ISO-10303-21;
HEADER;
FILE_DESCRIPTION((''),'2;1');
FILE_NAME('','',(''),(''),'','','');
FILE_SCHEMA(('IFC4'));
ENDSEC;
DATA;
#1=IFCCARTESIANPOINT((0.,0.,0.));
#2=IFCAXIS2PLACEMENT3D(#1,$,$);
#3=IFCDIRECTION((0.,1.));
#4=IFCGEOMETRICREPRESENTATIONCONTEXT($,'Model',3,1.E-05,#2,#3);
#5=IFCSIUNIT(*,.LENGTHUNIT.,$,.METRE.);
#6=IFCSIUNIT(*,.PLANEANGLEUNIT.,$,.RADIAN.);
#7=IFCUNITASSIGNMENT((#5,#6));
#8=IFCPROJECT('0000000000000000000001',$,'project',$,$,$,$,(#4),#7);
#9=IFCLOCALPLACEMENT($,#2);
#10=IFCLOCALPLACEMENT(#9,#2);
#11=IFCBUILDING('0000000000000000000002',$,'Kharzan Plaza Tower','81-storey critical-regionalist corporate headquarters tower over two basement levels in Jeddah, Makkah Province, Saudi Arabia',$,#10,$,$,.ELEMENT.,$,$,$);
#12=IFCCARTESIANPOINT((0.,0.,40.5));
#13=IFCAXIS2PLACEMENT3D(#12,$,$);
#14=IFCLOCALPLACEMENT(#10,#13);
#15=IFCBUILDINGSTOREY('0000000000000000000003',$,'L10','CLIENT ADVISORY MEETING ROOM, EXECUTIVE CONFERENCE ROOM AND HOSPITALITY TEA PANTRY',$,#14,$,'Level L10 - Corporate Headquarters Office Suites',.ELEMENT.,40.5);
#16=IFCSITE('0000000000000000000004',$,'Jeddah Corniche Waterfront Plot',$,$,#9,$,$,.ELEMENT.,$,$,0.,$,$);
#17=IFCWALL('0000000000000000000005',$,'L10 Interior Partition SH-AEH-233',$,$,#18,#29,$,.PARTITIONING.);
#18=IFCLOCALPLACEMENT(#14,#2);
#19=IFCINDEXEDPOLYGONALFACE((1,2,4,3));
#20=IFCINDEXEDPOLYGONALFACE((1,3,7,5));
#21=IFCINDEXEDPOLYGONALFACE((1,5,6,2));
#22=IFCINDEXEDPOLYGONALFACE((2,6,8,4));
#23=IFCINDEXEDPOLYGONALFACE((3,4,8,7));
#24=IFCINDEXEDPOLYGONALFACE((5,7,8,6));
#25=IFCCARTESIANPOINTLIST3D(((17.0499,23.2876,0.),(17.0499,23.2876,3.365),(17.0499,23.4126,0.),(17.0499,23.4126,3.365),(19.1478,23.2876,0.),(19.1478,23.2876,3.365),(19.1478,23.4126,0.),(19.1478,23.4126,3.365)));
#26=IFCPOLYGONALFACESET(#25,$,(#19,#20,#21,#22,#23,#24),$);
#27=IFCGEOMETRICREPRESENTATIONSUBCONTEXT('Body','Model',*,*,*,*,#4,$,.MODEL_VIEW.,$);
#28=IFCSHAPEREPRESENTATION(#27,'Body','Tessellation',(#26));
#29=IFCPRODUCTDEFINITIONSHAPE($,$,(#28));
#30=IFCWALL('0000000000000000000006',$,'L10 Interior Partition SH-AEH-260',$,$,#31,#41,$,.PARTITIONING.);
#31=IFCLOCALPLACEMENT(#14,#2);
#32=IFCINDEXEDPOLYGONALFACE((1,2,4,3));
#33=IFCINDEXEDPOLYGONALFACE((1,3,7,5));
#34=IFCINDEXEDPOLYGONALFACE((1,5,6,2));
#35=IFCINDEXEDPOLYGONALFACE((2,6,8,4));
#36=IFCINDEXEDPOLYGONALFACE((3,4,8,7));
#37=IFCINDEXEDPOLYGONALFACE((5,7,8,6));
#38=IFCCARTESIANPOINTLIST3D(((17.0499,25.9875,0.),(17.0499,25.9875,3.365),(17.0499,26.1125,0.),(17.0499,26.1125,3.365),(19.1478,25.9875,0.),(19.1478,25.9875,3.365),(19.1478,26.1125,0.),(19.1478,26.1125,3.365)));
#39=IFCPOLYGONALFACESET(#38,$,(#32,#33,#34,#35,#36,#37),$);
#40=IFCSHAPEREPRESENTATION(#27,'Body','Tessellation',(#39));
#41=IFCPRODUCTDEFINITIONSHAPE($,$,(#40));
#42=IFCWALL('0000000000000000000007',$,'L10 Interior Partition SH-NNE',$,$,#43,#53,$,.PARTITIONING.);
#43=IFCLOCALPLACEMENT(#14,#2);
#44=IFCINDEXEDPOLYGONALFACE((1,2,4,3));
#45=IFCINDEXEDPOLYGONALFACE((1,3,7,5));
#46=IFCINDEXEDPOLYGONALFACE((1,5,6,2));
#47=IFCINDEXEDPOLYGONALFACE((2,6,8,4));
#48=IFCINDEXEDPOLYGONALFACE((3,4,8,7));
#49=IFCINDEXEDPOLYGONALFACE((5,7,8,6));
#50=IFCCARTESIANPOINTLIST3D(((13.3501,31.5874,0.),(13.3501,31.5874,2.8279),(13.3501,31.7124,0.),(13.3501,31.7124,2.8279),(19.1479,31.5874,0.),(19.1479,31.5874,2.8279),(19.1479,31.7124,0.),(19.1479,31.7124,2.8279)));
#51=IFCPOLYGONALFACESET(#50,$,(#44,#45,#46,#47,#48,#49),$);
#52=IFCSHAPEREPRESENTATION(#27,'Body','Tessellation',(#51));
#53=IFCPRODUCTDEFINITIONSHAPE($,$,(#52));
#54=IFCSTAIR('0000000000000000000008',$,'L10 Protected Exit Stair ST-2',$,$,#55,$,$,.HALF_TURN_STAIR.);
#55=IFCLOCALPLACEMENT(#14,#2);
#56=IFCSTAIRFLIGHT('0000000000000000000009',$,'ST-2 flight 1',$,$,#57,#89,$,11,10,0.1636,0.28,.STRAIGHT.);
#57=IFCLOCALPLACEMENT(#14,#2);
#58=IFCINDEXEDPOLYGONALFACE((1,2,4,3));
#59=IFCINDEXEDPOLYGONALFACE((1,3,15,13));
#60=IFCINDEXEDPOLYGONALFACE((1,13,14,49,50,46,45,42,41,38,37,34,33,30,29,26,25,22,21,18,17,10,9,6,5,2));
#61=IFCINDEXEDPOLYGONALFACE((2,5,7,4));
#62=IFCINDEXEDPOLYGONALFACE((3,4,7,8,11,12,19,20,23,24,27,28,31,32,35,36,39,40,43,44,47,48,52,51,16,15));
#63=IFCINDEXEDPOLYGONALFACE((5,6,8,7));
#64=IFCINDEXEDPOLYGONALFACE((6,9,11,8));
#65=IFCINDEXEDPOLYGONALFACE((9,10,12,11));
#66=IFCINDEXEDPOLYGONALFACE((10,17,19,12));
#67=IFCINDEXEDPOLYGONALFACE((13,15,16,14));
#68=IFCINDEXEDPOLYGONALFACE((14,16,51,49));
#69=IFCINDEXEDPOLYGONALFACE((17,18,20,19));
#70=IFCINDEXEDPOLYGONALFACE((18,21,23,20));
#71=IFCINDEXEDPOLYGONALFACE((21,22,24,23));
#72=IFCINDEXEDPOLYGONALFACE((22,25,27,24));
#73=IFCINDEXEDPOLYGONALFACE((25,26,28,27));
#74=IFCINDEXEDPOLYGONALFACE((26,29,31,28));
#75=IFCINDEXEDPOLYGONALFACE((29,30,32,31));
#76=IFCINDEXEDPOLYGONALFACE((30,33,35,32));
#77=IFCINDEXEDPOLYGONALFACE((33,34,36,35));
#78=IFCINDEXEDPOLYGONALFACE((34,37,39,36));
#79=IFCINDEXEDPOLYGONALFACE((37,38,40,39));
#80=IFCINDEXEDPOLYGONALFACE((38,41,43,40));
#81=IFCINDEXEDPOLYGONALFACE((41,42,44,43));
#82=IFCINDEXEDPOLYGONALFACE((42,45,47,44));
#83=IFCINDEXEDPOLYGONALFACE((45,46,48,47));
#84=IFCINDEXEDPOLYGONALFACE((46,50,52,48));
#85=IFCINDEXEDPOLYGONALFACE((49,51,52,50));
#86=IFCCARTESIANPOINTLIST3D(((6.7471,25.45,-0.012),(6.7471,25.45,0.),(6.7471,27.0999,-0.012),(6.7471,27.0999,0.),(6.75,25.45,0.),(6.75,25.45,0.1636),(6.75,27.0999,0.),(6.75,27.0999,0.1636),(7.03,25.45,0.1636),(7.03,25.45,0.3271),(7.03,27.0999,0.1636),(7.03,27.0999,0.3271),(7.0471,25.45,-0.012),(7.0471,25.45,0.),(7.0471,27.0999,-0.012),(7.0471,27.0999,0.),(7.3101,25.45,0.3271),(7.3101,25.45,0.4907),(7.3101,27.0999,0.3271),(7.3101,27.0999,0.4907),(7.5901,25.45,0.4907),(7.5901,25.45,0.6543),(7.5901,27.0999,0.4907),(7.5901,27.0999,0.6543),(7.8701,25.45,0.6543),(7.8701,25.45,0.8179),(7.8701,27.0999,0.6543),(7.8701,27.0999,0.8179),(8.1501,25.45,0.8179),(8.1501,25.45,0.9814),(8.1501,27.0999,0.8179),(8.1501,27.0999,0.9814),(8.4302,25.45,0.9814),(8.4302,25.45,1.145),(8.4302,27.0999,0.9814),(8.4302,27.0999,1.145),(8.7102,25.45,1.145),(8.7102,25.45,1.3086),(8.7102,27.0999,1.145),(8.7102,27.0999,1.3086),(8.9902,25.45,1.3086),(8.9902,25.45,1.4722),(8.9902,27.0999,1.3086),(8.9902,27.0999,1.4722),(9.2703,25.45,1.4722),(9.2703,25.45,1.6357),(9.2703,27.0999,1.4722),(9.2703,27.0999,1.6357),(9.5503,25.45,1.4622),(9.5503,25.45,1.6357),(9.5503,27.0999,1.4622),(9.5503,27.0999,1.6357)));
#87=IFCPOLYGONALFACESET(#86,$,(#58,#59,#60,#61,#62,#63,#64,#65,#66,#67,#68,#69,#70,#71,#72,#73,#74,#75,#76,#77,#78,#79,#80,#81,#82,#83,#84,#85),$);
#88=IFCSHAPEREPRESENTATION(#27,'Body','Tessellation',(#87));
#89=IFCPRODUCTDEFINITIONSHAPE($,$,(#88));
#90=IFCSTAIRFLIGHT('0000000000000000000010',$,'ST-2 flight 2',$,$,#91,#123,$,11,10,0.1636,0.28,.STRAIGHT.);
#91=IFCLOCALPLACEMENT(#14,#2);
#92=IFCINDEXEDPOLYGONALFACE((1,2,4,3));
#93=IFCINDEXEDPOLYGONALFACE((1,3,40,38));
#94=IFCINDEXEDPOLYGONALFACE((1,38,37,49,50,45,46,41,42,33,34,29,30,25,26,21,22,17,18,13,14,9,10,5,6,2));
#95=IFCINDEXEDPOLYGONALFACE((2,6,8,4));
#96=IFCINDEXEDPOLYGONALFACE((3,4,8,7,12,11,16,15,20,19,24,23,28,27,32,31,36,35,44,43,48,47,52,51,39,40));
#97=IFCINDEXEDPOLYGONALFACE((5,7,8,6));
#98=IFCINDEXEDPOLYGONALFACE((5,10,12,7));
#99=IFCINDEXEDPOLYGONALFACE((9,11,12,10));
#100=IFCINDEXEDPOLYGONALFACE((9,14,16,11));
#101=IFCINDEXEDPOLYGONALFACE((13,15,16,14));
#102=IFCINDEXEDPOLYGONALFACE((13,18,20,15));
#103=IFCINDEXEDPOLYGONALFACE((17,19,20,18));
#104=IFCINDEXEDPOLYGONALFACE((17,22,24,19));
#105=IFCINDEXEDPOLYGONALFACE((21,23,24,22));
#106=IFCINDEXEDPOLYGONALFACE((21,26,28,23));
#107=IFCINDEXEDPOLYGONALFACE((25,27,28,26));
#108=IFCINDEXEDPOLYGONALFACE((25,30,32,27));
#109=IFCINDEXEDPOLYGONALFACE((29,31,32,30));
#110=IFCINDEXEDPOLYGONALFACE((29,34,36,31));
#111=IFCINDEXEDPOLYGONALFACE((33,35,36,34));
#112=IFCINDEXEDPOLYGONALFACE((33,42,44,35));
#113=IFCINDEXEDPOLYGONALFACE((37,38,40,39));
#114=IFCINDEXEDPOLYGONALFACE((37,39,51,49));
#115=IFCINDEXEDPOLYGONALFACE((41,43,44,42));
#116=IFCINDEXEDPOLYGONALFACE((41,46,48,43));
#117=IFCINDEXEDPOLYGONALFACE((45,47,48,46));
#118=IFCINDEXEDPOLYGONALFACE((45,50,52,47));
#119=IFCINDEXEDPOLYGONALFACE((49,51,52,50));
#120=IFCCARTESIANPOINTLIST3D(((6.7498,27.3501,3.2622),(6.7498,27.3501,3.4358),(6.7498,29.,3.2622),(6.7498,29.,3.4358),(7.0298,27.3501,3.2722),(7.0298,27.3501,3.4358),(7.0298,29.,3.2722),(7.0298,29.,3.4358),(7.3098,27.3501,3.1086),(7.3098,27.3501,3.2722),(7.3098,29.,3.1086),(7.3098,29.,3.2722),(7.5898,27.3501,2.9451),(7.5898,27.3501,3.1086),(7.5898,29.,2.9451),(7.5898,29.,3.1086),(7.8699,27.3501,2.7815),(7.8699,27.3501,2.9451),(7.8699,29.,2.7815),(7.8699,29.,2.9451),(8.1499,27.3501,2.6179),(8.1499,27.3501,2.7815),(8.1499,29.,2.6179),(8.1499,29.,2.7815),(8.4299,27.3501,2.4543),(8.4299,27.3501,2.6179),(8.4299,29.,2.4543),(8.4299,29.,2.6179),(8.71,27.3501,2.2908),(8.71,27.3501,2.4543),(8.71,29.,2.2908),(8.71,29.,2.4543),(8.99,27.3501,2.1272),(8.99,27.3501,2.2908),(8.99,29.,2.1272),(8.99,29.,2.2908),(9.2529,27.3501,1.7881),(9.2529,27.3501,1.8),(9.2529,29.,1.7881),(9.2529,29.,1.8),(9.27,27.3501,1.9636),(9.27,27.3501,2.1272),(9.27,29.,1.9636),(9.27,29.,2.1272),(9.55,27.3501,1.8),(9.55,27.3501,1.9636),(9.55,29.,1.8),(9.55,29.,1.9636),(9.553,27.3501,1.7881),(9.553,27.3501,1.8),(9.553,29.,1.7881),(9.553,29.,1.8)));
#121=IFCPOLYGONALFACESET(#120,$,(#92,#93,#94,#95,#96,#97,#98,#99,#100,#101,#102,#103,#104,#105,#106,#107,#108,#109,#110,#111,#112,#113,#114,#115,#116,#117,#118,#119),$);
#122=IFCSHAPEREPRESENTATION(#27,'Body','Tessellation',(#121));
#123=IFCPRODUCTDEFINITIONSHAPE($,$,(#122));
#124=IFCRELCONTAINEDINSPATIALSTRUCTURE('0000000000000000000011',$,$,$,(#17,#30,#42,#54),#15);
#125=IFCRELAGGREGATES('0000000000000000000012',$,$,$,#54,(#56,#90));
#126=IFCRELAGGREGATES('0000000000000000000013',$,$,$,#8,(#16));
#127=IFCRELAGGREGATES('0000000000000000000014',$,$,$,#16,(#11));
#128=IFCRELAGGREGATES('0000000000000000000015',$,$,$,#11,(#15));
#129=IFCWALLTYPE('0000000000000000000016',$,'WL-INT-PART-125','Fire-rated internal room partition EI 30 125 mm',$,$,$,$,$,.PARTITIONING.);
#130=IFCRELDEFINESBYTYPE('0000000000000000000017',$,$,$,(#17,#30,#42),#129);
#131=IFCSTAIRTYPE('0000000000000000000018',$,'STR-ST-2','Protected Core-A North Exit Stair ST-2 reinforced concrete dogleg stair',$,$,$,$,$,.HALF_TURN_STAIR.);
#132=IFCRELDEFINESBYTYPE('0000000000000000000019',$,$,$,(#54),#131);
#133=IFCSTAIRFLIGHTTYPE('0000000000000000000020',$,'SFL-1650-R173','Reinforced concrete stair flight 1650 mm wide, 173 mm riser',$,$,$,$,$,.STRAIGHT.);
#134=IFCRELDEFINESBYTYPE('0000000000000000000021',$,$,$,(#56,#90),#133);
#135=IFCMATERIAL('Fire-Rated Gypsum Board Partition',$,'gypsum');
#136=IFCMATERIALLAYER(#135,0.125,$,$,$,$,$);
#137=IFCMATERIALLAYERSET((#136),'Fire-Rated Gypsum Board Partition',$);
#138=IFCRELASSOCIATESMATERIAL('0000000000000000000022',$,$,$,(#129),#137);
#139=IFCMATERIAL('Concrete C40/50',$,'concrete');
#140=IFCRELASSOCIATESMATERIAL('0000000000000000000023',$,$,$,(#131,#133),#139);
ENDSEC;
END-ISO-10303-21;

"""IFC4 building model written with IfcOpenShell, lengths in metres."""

from ifc_helpers import new_model, si_unit, direction, frame, frame_2d, origin, place, context, subcontext, project, spatial, polyline, rectangle, outline, extrude, source, transform, mapped, material, layer, layer_set, type_object, element, aggregate, save


model = new_model("IFC4")

# Units and contexts
model_context = context("Model", 3, precision=1e-05, world=origin(), true_north=direction((0.0, 1.0)))
body_context = subcontext(model_context, "Body", "Model", "MODEL_VIEW")
ifc_project = project(units=[si_unit("LENGTHUNIT", "METRE"), si_unit("PLANEANGLEUNIT", "RADIAN")], contexts=[model_context])

# Site, building, storey
site_placement = place(None, origin())
site = spatial("IfcSite", under=ifc_project, at=site_placement, Name="Jeddah Corniche Waterfront Plot", CompositionType="ELEMENT", RefElevation=0.0)
building_placement = place(site_placement, origin())
building = spatial("IfcBuilding", under=site, at=building_placement, Name="Kharzan Plaza Tower", Description="81-storey critical-regionalist corporate headquarters tower over two basement levels in Jeddah, Makkah Province, Saudi Arabia", CompositionType="ELEMENT")
storey_placement = place(building_placement, frame((0.0, 0.0, 40.5)))
storey = spatial("IfcBuildingStorey", under=building, at=storey_placement, Name="L10", Description="CLIENT ADVISORY MEETING ROOM, EXECUTIVE CONFERENCE ROOM AND HOSPITALITY TEA PANTRY", LongName="Level L10 - Corporate Headquarters Office Suites", CompositionType="ELEMENT", Elevation=40.5)

# Shared definitions
ifc_material_1 = material(Name="Fire-Rated Gypsum Board Partition", Category="gypsum")
ifc_layer_1 = layer(ifc_material_1, 0.125)
ifc_layer_set_1 = layer_set([ifc_layer_1], Name="Fire-Rated Gypsum Board Partition")
wall_type_1 = type_object("IfcWallType", Name="WL-INT-PART-125", Description="Fire-rated internal room partition EI 30 125 mm", PredefinedType="PARTITIONING", material=ifc_layer_set_1)
ifc_material_2 = material(Name="Concrete C40/50", Category="concrete")

# Walls
shared_shape_1 = source(origin(), body_context, "Body", "SweptSolid", [
    extrude(rectangle(XDim=2.0979, YDim=0.125, at=frame_2d((1.0488, 0.0))), origin(), (0.0, 0.0, 1.0), 3.365),
])
for number, where, z_axis, x_axis, name in (
    (1, (17.05, 23.3501, 0.0), (0.0, 0.0, 1.0), (1.0, 0.0, 0.0), "L10 Interior Partition SH-AEH-233"),
    (2, (17.05, 26.05, 0.0), (0.0, 0.0, 1.0), (1.0, 0.0, 0.0), "L10 Interior Partition SH-AEH-260"),
):
    element("IfcWall", number, at=place(storey_placement, frame(where, z_axis=z_axis, x_axis=x_axis)), inside=storey, type_object=wall_type_1, Name=name, PredefinedType="PARTITIONING", context=body_context, shape_type="MappedRepresentation", body=[
        mapped(shared_shape_1, transform((0.0, 0.0, 0.0), x_axis=(1.0, 0.0, 0.0), y_axis=(0.0, 1.0, 0.0), z_axis=(0.0, 0.0, 1.0))),
    ])
shared_shape_2 = source(origin(), body_context, "Body", "SweptSolid", [
    extrude(rectangle(XDim=5.7979, YDim=0.125, at=frame_2d((2.8989, 0.0))), origin(), (0.0, 0.0, 1.0), 2.8279),
])
wall_1_placement = place(storey_placement, frame((13.3501, 31.6499, 0.0), z_axis=(0.0, 0.0, 1.0), x_axis=(1.0, 0.0, 0.0)))
element("IfcWall", 3, at=wall_1_placement, inside=storey, type_object=wall_type_1, Name="L10 Interior Partition SH-NNE", PredefinedType="PARTITIONING", context=body_context, shape_type="MappedRepresentation", body=[
    mapped(shared_shape_2, transform((0.0, 0.0, 0.0), x_axis=(1.0, 0.0, 0.0), y_axis=(0.0, 1.0, 0.0), z_axis=(0.0, 0.0, 1.0))),
])

# Stair, stair flights
stair_type = type_object("IfcStairType", Name="STR-ST-2", Description="Protected Core-A North Exit Stair ST-2 reinforced concrete dogleg stair", PredefinedType="HALF_TURN_STAIR", material=ifc_material_2)
stair_placement = place(storey_placement, origin())
stair = element("IfcStair", 4, at=stair_placement, inside=storey, type_object=stair_type, Name="L10 Protected Exit Stair ST-2", PredefinedType="HALF_TURN_STAIR")
stair_flight_type = type_object("IfcStairFlightType", Name="SFL-1650-R173", Description="Reinforced concrete stair flight 1650 mm wide, 173 mm riser", PredefinedType="STRAIGHT", material=ifc_material_2)
shared_shape_3 = source(origin(), body_context, "Body", "SweptSolid", [
    extrude(outline(polyline([(-0.0029, -0.012), (-0.0029, 0.0), (0.0, 0.0), (0.0, 0.1636), (0.28, 0.1636), (0.28, 0.3271), (0.5601, 0.3271), (0.5601, 0.4907), (0.8401, 0.4907), (0.8401, 0.6543), (1.1201, 0.6543), (1.1201, 0.8179), (1.4001, 0.8179), (1.4001, 0.9814), (1.6802, 0.9814), (1.6802, 1.145), (1.9602, 1.145), (1.9602, 1.3086), (2.2402, 1.3086), (2.2402, 1.4722), (2.5203, 1.4722), (2.5203, 1.6357), (2.8003, 1.6357), (2.8003, 1.7993), (2.8003, 1.4622), (0.2971, 0.0), (0.2971, -0.012), (-0.0029, -0.012)])), frame((0.0, 0.825, 0.0), z_axis=(0.0, -1.0, 0.0), x_axis=(1.0, 0.0, 0.0)), (0.0, 0.0, 1.0), 1.6499),
])
stair_flight_1_placement = place(storey_placement, frame((6.75, 26.2749, 0.0), z_axis=(0.0, 0.0, 1.0), x_axis=(1.0, 0.0, 0.0)))
stair_flight_1 = element("IfcStairFlight", 5, at=stair_flight_1_placement, type_object=stair_flight_type, Name="ST-2 flight 1", NumberOfRisers=11, NumberOfTreads=10, PredefinedType="STRAIGHT", RiserHeight=0.1636, TreadLength=0.28, context=body_context, shape_type="MappedRepresentation", body=[
    mapped(shared_shape_3, transform((0.0, 0.0, 0.0), x_axis=(1.0, 0.0, 0.0), y_axis=(0.0, 1.0, 0.0), z_axis=(0.0, 0.0, 1.0))),
])
stair_flight_2_placement = place(storey_placement, frame((9.55, 28.175, 1.8), z_axis=(0.0, 0.0, 1.0), x_axis=(-1.0, 0.0, 0.0)))
stair_flight_2 = element("IfcStairFlight", 6, at=stair_flight_2_placement, type_object=stair_flight_type, Name="ST-2 flight 2", NumberOfRisers=11, NumberOfTreads=10, PredefinedType="STRAIGHT", RiserHeight=0.1636, TreadLength=0.28, context=body_context, shape_type="MappedRepresentation", body=[
    mapped(shared_shape_3, transform((0.0, 0.0, 0.0), x_axis=(1.0, 0.0, 0.0), y_axis=(0.0, 1.0, 0.0), z_axis=(0.0, 0.0, 1.0))),
])
aggregate(stair, [stair_flight_1, stair_flight_2])

save(model, "model.ifc")
